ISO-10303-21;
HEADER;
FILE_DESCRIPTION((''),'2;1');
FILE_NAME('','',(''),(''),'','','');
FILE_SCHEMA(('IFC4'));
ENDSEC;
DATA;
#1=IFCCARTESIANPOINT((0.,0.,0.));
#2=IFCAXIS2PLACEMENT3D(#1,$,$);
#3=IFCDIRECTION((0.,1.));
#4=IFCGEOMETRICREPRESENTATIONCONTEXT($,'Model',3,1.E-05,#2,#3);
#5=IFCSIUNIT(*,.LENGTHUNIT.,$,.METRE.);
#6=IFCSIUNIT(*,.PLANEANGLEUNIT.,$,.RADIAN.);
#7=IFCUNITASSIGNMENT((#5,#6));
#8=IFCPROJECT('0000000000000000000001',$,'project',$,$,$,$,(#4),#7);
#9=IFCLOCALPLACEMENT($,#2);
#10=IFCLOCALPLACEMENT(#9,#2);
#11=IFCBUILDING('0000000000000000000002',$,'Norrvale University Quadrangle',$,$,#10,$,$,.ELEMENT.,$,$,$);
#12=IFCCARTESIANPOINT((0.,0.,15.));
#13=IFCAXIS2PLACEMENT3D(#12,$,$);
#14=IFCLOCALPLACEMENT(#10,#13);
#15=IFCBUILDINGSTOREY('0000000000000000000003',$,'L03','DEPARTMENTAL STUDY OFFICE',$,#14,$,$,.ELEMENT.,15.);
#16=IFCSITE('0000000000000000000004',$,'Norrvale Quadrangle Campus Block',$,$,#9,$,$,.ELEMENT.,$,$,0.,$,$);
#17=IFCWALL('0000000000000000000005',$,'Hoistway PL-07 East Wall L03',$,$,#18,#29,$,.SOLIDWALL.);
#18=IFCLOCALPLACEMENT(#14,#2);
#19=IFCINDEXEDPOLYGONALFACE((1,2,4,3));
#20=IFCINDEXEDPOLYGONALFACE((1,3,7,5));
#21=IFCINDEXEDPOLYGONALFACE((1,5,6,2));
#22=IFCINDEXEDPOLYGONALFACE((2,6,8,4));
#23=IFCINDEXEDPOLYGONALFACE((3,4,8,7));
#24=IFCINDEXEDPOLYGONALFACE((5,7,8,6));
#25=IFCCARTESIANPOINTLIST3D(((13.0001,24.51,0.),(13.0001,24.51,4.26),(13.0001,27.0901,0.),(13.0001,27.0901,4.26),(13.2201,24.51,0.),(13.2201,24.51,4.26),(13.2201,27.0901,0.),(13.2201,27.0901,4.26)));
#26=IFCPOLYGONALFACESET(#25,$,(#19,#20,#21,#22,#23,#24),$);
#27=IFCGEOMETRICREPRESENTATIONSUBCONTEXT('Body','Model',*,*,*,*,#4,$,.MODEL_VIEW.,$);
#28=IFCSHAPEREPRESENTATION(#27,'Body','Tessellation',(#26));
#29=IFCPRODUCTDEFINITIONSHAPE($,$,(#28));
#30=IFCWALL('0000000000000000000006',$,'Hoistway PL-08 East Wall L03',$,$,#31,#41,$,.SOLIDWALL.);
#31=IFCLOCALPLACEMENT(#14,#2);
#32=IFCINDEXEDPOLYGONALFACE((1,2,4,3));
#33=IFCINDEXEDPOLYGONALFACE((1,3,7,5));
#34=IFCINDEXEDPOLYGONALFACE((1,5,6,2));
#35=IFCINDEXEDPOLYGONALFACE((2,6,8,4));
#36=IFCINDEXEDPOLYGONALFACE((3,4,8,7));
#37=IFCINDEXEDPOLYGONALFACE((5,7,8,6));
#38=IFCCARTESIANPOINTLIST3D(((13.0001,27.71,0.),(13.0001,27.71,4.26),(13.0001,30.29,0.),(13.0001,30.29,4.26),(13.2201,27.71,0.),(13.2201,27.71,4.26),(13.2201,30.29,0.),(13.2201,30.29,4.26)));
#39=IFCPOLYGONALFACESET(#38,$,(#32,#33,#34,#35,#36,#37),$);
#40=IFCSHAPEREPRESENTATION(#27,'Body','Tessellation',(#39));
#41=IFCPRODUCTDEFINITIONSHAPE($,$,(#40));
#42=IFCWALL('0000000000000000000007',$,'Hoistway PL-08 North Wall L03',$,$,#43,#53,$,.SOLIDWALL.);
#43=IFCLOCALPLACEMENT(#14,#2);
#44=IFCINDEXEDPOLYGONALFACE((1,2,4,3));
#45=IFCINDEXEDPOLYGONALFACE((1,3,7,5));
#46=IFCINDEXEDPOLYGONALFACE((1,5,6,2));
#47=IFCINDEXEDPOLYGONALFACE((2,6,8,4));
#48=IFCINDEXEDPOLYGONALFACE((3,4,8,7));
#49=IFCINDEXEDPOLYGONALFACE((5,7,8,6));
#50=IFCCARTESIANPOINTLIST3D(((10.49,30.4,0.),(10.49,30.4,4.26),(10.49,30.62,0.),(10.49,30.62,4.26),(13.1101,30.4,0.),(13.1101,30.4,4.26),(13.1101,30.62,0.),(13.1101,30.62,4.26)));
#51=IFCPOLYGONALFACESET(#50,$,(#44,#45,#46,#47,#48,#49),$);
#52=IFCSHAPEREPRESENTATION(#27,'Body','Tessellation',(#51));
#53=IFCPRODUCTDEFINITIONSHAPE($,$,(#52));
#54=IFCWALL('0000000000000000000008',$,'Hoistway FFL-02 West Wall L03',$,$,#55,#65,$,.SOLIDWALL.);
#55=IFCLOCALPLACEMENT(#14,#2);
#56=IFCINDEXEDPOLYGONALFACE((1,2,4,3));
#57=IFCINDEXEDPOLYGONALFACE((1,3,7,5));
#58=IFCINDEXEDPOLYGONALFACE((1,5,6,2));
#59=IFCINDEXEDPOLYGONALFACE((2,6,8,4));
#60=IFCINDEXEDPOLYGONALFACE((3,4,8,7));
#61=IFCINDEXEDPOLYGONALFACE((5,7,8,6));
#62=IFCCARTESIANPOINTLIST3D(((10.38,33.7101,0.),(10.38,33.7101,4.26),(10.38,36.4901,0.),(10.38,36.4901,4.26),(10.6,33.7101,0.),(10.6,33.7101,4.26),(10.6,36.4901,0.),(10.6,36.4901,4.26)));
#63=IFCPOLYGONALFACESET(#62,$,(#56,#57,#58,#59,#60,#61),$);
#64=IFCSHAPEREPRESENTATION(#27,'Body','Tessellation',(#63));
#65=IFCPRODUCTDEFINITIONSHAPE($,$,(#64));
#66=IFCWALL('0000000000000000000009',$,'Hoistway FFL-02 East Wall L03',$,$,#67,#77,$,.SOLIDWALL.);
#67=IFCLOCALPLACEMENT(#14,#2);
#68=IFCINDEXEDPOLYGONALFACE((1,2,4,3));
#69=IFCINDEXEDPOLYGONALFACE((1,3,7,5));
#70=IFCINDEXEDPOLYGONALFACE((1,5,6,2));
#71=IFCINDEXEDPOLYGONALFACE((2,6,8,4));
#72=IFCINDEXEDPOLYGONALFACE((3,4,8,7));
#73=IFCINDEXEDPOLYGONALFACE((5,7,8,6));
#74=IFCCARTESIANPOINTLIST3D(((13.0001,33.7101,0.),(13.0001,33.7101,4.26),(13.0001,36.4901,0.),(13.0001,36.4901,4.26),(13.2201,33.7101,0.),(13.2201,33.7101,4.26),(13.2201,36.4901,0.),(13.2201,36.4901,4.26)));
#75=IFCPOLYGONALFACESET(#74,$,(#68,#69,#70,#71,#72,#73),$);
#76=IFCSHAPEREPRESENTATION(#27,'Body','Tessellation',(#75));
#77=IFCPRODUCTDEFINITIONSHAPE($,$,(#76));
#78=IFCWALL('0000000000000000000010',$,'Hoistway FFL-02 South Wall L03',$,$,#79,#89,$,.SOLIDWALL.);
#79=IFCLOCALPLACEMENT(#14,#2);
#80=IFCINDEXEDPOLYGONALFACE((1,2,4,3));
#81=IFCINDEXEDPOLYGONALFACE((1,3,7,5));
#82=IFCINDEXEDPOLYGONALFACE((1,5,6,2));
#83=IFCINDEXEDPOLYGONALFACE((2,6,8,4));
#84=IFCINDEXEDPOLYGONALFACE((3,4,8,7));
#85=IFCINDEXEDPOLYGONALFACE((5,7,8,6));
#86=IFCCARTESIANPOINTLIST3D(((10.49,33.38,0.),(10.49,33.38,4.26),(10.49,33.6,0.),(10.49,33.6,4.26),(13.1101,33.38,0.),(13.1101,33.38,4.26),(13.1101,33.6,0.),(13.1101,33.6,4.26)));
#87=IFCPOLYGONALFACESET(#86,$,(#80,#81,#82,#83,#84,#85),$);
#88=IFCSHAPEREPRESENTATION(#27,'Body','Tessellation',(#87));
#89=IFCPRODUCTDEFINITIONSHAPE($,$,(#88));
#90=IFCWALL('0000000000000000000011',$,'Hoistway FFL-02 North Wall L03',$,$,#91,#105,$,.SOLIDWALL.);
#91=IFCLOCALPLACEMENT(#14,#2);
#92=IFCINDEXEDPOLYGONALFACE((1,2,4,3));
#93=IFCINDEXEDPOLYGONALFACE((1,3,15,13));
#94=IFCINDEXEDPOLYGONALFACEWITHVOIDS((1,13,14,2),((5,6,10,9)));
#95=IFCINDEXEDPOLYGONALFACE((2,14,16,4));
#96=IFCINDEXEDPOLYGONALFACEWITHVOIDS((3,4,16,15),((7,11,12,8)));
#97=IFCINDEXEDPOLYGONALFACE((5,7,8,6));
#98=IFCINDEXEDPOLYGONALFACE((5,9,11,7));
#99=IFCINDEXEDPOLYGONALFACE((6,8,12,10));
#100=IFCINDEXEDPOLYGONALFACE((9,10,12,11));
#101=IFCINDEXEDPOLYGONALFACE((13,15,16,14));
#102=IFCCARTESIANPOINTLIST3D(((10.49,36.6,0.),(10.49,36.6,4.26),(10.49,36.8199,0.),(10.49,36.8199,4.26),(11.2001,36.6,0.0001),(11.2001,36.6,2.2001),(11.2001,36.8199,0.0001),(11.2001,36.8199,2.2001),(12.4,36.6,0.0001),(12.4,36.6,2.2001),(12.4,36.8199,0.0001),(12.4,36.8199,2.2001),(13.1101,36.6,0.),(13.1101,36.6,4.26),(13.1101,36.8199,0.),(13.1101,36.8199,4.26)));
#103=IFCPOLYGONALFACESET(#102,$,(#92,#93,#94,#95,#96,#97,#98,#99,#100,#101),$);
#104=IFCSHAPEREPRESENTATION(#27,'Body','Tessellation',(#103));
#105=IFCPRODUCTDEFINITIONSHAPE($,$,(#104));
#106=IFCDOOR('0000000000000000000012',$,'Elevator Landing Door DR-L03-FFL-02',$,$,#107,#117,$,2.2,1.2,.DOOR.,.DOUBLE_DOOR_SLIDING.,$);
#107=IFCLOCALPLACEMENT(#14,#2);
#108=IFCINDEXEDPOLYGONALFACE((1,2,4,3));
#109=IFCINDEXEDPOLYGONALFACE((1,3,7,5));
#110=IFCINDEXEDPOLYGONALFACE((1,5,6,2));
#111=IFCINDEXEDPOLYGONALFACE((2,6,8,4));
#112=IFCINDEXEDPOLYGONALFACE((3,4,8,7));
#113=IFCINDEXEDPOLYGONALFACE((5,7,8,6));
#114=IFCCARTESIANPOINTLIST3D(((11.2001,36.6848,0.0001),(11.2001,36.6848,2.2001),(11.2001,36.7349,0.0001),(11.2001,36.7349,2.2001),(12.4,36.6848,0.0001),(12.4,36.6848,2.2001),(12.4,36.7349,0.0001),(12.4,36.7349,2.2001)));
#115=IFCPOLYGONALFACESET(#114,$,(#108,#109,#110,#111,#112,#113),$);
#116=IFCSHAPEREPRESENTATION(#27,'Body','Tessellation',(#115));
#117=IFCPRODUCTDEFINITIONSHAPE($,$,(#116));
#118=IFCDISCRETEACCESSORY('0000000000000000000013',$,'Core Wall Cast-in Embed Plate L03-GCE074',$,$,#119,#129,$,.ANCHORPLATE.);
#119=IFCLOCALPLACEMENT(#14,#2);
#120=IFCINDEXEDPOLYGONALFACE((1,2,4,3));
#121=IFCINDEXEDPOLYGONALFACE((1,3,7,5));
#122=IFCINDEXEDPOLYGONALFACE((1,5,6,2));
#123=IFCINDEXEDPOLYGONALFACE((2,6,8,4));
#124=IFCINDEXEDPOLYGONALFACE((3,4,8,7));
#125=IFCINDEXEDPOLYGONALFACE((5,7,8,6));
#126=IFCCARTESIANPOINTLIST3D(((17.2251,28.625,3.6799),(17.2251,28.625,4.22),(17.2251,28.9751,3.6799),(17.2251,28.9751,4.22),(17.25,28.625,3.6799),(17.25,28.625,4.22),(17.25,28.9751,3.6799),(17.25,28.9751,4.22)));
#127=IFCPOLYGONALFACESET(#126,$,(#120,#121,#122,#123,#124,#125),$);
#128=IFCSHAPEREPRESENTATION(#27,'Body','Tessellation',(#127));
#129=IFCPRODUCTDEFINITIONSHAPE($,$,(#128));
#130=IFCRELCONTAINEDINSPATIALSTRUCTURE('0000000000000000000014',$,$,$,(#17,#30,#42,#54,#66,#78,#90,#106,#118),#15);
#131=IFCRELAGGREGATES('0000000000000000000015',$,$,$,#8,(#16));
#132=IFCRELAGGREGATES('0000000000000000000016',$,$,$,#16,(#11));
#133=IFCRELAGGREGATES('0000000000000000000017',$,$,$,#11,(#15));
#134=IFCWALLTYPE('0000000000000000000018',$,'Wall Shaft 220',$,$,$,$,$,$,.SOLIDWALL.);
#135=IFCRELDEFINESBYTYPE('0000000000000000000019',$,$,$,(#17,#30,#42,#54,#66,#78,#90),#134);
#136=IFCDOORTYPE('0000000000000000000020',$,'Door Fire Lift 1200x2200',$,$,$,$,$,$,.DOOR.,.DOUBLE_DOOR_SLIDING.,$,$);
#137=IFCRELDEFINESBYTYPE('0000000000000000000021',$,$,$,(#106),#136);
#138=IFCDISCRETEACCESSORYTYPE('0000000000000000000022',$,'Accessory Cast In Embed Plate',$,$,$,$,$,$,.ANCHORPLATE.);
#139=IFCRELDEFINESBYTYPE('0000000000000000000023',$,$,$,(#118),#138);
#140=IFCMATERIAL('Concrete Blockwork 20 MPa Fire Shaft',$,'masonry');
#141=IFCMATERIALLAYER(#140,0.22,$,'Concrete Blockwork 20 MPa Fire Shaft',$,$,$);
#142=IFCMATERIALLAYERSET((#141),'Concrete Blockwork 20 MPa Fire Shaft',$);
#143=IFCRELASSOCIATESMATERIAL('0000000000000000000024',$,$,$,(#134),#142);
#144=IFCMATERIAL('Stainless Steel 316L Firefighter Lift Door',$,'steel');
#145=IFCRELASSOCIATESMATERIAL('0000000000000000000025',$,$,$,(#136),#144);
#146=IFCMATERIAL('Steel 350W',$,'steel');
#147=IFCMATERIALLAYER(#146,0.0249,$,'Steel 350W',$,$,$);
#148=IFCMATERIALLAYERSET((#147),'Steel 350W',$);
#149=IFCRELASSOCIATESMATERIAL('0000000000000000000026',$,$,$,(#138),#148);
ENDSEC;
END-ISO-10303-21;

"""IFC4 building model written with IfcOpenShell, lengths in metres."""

from ifc_helpers import new_model, si_unit, direction, frame, frame_2d, origin, origin_2d, place, context, subcontext, project, spatial, rectangle, extrude, material, layer, layer_set, type_object, element, fill, save


model = new_model("IFC4")

# Units and contexts
model_context = context("Model", 3, precision=1e-05, world=origin(), true_north=direction((0.0, 1.0)))
body_context = subcontext(model_context, "Body", "Model", "MODEL_VIEW")
ifc_project = project(units=[si_unit("LENGTHUNIT", "METRE"), si_unit("PLANEANGLEUNIT", "RADIAN")], contexts=[model_context])

# Site, building, storey
site_placement = place(None, origin())
site = spatial("IfcSite", under=ifc_project, at=site_placement, Name="Norrvale Quadrangle Campus Block", CompositionType="ELEMENT", RefElevation=0.0)
building_placement = place(site_placement, origin())
building = spatial("IfcBuilding", under=site, at=building_placement, Name="Norrvale University Quadrangle", CompositionType="ELEMENT")
storey_placement = place(building_placement, frame((0.0, 0.0, 15.0)))
storey = spatial("IfcBuildingStorey", under=building, at=storey_placement, Name="L03", Description="DEPARTMENTAL STUDY OFFICE", CompositionType="ELEMENT", Elevation=15.0)

# Shared definitions
ifc_material_1 = material(Name="Steel 350W", Category="steel")

# Walls
ifc_material_2 = material(Name="Concrete Blockwork 20 MPa Fire Shaft", Category="masonry")
ifc_layer_1 = layer(ifc_material_2, 0.22, Name="Concrete Blockwork 20 MPa Fire Shaft")
ifc_layer_set_1 = layer_set([ifc_layer_1], Name="Concrete Blockwork 20 MPa Fire Shaft")
wall_type_1 = type_object("IfcWallType", Name="Wall Shaft 220", PredefinedType="SOLIDWALL", material=ifc_layer_set_1)
for number, where, z_axis, x_axis, name in (
    (1, (13.1101, 24.51, 0.0), (0.0, 0.0, 1.0), (0.0, 1.0, 0.0), "Hoistway PL-07 East Wall L03"),
    (2, (13.1101, 27.71, 0.0), (0.0, 0.0, 1.0), (0.0, 1.0, 0.0), "Hoistway PL-08 East Wall L03"),
):
    element("IfcWall", number, at=place(storey_placement, frame(where, z_axis=z_axis, x_axis=x_axis)), inside=storey, type_object=wall_type_1, Name=name, PredefinedType="SOLIDWALL", context=body_context, shape_type="SweptSolid", body=[
        extrude(rectangle(XDim=2.5801, YDim=0.22, at=frame_2d((1.29, 0.0))), origin(), (0.0, 0.0, 1.0), 4.26),
    ])
wall_1_placement = place(storey_placement, frame((10.49, 30.51, 0.0), z_axis=(0.0, 0.0, 1.0), x_axis=(1.0, 0.0, 0.0)))
element("IfcWall", 3, at=wall_1_placement, inside=storey, type_object=wall_type_1, Name="Hoistway PL-08 North Wall L03", PredefinedType="SOLIDWALL", context=body_context, shape_type="SweptSolid", body=[
    extrude(rectangle(XDim=2.6201, YDim=0.22, at=frame_2d((1.3101, 0.0))), origin(), (0.0, 0.0, 1.0), 4.26),
])
for number, where, z_axis, x_axis, name in (
    (4, (10.49, 33.71, 0.0), (0.0, 0.0, 1.0), (0.0, 1.0, 0.0), "Hoistway FFL-02 West Wall L03"),
    (5, (13.1101, 33.71, 0.0), (0.0, 0.0, 1.0), (0.0, 1.0, 0.0), "Hoistway FFL-02 East Wall L03"),
):
    element("IfcWall", number, at=place(storey_placement, frame(where, z_axis=z_axis, x_axis=x_axis)), inside=storey, type_object=wall_type_1, Name=name, PredefinedType="SOLIDWALL", context=body_context, shape_type="SweptSolid", body=[
        extrude(rectangle(XDim=2.78, YDim=0.22, at=frame_2d((1.3901, 0.0))), origin(), (0.0, 0.0, 1.0), 4.26),
    ])
wall_2_placement = place(storey_placement, frame((10.49, 33.49, 0.0), z_axis=(0.0, 0.0, 1.0), x_axis=(1.0, 0.0, 0.0)))
element("IfcWall", 6, at=wall_2_placement, inside=storey, type_object=wall_type_1, Name="Hoistway FFL-02 South Wall L03", PredefinedType="SOLIDWALL", context=body_context, shape_type="SweptSolid", body=[
    extrude(rectangle(XDim=2.6201, YDim=0.22, at=frame_2d((1.3101, 0.0))), origin(), (0.0, 0.0, 1.0), 4.26),
])

# Wall, opening, door
wall_3_placement = place(storey_placement, frame((10.49, 36.71, 0.0), z_axis=(0.0, 0.0, 1.0), x_axis=(1.0, 0.0, 0.0)))
wall_3 = element("IfcWall", 7, at=wall_3_placement, inside=storey, type_object=wall_type_1, Name="Hoistway FFL-02 North Wall L03", PredefinedType="SOLIDWALL", context=body_context, shape_type="SweptSolid", body=[
    extrude(rectangle(XDim=2.6201, YDim=0.22, at=frame_2d((1.3101, 0.0))), origin(), (0.0, 0.0, 1.0), 4.26),
])
opening_1_placement = place(wall_3_placement, frame((0.71, 0.0, 0.0)))
opening_1 = element("IfcOpeningElement", 8, at=opening_1_placement, cuts=wall_3, PredefinedType="OPENING", context=body_context, shape_type="SweptSolid", body=[
    extrude(rectangle(XDim=1.2, YDim=2.2, at=frame_2d((0.6001, 1.1001))), frame((0.0, 0.1221, 0.0), z_axis=(0.0, -1.0, 0.0), x_axis=(1.0, 0.0, 0.0)), (0.0, 0.0, 1.0), 0.2439),
])
ifc_material_3 = material(Name="Stainless Steel 316L Firefighter Lift Door", Category="steel")
door_type_1 = type_object("IfcDoorType", Name="Door Fire Lift 1200x2200", OperationType="DOUBLE_DOOR_SLIDING", PredefinedType="DOOR", material=ifc_material_3)
door_1_placement = place(opening_1_placement, origin())
door_1 = element("IfcDoor", 9, at=door_1_placement, inside=storey, type_object=door_type_1, Name="Elevator Landing Door DR-L03-FFL-02", OperationType="DOUBLE_DOOR_SLIDING", OverallHeight=2.2, OverallWidth=1.2, PredefinedType="DOOR", context=body_context, shape_type="SweptSolid", body=[
    extrude(rectangle(XDim=1.2, YDim=2.2, at=frame_2d((0.6001, 1.1001))), frame((0.0, 0.0249, 0.0), z_axis=(0.0, -1.0, 0.0), x_axis=(1.0, 0.0, 0.0)), (0.0, 0.0, 1.0), 0.05),
])
fill(opening_1, door_1)

# Discrete accessory
ifc_layer_2 = layer(ifc_material_1, 0.0249, Name="Steel 350W")
ifc_layer_set_2 = layer_set([ifc_layer_2], Name="Steel 350W")
discrete_accessory_type = type_object("IfcDiscreteAccessoryType", Name="Accessory Cast In Embed Plate", PredefinedType="ANCHORPLATE", material=ifc_layer_set_2)
discrete_accessory_placement = place(storey_placement, frame((17.2375, 28.8, 3.6799), z_axis=(0.0, 0.0, 1.0), x_axis=(1.0, 0.0, 0.0)))
element("IfcDiscreteAccessory", 10, at=discrete_accessory_placement, inside=storey, type_object=discrete_accessory_type, Name="Core Wall Cast-in Embed Plate L03-GCE074", PredefinedType="ANCHORPLATE", context=body_context, shape_type="SweptSolid", body=[
    extrude(rectangle(XDim=0.0249, YDim=0.3501, at=origin_2d()), origin(), (0.0, 0.0, 1.0), 0.54),
])

save(model, "model.ifc")
